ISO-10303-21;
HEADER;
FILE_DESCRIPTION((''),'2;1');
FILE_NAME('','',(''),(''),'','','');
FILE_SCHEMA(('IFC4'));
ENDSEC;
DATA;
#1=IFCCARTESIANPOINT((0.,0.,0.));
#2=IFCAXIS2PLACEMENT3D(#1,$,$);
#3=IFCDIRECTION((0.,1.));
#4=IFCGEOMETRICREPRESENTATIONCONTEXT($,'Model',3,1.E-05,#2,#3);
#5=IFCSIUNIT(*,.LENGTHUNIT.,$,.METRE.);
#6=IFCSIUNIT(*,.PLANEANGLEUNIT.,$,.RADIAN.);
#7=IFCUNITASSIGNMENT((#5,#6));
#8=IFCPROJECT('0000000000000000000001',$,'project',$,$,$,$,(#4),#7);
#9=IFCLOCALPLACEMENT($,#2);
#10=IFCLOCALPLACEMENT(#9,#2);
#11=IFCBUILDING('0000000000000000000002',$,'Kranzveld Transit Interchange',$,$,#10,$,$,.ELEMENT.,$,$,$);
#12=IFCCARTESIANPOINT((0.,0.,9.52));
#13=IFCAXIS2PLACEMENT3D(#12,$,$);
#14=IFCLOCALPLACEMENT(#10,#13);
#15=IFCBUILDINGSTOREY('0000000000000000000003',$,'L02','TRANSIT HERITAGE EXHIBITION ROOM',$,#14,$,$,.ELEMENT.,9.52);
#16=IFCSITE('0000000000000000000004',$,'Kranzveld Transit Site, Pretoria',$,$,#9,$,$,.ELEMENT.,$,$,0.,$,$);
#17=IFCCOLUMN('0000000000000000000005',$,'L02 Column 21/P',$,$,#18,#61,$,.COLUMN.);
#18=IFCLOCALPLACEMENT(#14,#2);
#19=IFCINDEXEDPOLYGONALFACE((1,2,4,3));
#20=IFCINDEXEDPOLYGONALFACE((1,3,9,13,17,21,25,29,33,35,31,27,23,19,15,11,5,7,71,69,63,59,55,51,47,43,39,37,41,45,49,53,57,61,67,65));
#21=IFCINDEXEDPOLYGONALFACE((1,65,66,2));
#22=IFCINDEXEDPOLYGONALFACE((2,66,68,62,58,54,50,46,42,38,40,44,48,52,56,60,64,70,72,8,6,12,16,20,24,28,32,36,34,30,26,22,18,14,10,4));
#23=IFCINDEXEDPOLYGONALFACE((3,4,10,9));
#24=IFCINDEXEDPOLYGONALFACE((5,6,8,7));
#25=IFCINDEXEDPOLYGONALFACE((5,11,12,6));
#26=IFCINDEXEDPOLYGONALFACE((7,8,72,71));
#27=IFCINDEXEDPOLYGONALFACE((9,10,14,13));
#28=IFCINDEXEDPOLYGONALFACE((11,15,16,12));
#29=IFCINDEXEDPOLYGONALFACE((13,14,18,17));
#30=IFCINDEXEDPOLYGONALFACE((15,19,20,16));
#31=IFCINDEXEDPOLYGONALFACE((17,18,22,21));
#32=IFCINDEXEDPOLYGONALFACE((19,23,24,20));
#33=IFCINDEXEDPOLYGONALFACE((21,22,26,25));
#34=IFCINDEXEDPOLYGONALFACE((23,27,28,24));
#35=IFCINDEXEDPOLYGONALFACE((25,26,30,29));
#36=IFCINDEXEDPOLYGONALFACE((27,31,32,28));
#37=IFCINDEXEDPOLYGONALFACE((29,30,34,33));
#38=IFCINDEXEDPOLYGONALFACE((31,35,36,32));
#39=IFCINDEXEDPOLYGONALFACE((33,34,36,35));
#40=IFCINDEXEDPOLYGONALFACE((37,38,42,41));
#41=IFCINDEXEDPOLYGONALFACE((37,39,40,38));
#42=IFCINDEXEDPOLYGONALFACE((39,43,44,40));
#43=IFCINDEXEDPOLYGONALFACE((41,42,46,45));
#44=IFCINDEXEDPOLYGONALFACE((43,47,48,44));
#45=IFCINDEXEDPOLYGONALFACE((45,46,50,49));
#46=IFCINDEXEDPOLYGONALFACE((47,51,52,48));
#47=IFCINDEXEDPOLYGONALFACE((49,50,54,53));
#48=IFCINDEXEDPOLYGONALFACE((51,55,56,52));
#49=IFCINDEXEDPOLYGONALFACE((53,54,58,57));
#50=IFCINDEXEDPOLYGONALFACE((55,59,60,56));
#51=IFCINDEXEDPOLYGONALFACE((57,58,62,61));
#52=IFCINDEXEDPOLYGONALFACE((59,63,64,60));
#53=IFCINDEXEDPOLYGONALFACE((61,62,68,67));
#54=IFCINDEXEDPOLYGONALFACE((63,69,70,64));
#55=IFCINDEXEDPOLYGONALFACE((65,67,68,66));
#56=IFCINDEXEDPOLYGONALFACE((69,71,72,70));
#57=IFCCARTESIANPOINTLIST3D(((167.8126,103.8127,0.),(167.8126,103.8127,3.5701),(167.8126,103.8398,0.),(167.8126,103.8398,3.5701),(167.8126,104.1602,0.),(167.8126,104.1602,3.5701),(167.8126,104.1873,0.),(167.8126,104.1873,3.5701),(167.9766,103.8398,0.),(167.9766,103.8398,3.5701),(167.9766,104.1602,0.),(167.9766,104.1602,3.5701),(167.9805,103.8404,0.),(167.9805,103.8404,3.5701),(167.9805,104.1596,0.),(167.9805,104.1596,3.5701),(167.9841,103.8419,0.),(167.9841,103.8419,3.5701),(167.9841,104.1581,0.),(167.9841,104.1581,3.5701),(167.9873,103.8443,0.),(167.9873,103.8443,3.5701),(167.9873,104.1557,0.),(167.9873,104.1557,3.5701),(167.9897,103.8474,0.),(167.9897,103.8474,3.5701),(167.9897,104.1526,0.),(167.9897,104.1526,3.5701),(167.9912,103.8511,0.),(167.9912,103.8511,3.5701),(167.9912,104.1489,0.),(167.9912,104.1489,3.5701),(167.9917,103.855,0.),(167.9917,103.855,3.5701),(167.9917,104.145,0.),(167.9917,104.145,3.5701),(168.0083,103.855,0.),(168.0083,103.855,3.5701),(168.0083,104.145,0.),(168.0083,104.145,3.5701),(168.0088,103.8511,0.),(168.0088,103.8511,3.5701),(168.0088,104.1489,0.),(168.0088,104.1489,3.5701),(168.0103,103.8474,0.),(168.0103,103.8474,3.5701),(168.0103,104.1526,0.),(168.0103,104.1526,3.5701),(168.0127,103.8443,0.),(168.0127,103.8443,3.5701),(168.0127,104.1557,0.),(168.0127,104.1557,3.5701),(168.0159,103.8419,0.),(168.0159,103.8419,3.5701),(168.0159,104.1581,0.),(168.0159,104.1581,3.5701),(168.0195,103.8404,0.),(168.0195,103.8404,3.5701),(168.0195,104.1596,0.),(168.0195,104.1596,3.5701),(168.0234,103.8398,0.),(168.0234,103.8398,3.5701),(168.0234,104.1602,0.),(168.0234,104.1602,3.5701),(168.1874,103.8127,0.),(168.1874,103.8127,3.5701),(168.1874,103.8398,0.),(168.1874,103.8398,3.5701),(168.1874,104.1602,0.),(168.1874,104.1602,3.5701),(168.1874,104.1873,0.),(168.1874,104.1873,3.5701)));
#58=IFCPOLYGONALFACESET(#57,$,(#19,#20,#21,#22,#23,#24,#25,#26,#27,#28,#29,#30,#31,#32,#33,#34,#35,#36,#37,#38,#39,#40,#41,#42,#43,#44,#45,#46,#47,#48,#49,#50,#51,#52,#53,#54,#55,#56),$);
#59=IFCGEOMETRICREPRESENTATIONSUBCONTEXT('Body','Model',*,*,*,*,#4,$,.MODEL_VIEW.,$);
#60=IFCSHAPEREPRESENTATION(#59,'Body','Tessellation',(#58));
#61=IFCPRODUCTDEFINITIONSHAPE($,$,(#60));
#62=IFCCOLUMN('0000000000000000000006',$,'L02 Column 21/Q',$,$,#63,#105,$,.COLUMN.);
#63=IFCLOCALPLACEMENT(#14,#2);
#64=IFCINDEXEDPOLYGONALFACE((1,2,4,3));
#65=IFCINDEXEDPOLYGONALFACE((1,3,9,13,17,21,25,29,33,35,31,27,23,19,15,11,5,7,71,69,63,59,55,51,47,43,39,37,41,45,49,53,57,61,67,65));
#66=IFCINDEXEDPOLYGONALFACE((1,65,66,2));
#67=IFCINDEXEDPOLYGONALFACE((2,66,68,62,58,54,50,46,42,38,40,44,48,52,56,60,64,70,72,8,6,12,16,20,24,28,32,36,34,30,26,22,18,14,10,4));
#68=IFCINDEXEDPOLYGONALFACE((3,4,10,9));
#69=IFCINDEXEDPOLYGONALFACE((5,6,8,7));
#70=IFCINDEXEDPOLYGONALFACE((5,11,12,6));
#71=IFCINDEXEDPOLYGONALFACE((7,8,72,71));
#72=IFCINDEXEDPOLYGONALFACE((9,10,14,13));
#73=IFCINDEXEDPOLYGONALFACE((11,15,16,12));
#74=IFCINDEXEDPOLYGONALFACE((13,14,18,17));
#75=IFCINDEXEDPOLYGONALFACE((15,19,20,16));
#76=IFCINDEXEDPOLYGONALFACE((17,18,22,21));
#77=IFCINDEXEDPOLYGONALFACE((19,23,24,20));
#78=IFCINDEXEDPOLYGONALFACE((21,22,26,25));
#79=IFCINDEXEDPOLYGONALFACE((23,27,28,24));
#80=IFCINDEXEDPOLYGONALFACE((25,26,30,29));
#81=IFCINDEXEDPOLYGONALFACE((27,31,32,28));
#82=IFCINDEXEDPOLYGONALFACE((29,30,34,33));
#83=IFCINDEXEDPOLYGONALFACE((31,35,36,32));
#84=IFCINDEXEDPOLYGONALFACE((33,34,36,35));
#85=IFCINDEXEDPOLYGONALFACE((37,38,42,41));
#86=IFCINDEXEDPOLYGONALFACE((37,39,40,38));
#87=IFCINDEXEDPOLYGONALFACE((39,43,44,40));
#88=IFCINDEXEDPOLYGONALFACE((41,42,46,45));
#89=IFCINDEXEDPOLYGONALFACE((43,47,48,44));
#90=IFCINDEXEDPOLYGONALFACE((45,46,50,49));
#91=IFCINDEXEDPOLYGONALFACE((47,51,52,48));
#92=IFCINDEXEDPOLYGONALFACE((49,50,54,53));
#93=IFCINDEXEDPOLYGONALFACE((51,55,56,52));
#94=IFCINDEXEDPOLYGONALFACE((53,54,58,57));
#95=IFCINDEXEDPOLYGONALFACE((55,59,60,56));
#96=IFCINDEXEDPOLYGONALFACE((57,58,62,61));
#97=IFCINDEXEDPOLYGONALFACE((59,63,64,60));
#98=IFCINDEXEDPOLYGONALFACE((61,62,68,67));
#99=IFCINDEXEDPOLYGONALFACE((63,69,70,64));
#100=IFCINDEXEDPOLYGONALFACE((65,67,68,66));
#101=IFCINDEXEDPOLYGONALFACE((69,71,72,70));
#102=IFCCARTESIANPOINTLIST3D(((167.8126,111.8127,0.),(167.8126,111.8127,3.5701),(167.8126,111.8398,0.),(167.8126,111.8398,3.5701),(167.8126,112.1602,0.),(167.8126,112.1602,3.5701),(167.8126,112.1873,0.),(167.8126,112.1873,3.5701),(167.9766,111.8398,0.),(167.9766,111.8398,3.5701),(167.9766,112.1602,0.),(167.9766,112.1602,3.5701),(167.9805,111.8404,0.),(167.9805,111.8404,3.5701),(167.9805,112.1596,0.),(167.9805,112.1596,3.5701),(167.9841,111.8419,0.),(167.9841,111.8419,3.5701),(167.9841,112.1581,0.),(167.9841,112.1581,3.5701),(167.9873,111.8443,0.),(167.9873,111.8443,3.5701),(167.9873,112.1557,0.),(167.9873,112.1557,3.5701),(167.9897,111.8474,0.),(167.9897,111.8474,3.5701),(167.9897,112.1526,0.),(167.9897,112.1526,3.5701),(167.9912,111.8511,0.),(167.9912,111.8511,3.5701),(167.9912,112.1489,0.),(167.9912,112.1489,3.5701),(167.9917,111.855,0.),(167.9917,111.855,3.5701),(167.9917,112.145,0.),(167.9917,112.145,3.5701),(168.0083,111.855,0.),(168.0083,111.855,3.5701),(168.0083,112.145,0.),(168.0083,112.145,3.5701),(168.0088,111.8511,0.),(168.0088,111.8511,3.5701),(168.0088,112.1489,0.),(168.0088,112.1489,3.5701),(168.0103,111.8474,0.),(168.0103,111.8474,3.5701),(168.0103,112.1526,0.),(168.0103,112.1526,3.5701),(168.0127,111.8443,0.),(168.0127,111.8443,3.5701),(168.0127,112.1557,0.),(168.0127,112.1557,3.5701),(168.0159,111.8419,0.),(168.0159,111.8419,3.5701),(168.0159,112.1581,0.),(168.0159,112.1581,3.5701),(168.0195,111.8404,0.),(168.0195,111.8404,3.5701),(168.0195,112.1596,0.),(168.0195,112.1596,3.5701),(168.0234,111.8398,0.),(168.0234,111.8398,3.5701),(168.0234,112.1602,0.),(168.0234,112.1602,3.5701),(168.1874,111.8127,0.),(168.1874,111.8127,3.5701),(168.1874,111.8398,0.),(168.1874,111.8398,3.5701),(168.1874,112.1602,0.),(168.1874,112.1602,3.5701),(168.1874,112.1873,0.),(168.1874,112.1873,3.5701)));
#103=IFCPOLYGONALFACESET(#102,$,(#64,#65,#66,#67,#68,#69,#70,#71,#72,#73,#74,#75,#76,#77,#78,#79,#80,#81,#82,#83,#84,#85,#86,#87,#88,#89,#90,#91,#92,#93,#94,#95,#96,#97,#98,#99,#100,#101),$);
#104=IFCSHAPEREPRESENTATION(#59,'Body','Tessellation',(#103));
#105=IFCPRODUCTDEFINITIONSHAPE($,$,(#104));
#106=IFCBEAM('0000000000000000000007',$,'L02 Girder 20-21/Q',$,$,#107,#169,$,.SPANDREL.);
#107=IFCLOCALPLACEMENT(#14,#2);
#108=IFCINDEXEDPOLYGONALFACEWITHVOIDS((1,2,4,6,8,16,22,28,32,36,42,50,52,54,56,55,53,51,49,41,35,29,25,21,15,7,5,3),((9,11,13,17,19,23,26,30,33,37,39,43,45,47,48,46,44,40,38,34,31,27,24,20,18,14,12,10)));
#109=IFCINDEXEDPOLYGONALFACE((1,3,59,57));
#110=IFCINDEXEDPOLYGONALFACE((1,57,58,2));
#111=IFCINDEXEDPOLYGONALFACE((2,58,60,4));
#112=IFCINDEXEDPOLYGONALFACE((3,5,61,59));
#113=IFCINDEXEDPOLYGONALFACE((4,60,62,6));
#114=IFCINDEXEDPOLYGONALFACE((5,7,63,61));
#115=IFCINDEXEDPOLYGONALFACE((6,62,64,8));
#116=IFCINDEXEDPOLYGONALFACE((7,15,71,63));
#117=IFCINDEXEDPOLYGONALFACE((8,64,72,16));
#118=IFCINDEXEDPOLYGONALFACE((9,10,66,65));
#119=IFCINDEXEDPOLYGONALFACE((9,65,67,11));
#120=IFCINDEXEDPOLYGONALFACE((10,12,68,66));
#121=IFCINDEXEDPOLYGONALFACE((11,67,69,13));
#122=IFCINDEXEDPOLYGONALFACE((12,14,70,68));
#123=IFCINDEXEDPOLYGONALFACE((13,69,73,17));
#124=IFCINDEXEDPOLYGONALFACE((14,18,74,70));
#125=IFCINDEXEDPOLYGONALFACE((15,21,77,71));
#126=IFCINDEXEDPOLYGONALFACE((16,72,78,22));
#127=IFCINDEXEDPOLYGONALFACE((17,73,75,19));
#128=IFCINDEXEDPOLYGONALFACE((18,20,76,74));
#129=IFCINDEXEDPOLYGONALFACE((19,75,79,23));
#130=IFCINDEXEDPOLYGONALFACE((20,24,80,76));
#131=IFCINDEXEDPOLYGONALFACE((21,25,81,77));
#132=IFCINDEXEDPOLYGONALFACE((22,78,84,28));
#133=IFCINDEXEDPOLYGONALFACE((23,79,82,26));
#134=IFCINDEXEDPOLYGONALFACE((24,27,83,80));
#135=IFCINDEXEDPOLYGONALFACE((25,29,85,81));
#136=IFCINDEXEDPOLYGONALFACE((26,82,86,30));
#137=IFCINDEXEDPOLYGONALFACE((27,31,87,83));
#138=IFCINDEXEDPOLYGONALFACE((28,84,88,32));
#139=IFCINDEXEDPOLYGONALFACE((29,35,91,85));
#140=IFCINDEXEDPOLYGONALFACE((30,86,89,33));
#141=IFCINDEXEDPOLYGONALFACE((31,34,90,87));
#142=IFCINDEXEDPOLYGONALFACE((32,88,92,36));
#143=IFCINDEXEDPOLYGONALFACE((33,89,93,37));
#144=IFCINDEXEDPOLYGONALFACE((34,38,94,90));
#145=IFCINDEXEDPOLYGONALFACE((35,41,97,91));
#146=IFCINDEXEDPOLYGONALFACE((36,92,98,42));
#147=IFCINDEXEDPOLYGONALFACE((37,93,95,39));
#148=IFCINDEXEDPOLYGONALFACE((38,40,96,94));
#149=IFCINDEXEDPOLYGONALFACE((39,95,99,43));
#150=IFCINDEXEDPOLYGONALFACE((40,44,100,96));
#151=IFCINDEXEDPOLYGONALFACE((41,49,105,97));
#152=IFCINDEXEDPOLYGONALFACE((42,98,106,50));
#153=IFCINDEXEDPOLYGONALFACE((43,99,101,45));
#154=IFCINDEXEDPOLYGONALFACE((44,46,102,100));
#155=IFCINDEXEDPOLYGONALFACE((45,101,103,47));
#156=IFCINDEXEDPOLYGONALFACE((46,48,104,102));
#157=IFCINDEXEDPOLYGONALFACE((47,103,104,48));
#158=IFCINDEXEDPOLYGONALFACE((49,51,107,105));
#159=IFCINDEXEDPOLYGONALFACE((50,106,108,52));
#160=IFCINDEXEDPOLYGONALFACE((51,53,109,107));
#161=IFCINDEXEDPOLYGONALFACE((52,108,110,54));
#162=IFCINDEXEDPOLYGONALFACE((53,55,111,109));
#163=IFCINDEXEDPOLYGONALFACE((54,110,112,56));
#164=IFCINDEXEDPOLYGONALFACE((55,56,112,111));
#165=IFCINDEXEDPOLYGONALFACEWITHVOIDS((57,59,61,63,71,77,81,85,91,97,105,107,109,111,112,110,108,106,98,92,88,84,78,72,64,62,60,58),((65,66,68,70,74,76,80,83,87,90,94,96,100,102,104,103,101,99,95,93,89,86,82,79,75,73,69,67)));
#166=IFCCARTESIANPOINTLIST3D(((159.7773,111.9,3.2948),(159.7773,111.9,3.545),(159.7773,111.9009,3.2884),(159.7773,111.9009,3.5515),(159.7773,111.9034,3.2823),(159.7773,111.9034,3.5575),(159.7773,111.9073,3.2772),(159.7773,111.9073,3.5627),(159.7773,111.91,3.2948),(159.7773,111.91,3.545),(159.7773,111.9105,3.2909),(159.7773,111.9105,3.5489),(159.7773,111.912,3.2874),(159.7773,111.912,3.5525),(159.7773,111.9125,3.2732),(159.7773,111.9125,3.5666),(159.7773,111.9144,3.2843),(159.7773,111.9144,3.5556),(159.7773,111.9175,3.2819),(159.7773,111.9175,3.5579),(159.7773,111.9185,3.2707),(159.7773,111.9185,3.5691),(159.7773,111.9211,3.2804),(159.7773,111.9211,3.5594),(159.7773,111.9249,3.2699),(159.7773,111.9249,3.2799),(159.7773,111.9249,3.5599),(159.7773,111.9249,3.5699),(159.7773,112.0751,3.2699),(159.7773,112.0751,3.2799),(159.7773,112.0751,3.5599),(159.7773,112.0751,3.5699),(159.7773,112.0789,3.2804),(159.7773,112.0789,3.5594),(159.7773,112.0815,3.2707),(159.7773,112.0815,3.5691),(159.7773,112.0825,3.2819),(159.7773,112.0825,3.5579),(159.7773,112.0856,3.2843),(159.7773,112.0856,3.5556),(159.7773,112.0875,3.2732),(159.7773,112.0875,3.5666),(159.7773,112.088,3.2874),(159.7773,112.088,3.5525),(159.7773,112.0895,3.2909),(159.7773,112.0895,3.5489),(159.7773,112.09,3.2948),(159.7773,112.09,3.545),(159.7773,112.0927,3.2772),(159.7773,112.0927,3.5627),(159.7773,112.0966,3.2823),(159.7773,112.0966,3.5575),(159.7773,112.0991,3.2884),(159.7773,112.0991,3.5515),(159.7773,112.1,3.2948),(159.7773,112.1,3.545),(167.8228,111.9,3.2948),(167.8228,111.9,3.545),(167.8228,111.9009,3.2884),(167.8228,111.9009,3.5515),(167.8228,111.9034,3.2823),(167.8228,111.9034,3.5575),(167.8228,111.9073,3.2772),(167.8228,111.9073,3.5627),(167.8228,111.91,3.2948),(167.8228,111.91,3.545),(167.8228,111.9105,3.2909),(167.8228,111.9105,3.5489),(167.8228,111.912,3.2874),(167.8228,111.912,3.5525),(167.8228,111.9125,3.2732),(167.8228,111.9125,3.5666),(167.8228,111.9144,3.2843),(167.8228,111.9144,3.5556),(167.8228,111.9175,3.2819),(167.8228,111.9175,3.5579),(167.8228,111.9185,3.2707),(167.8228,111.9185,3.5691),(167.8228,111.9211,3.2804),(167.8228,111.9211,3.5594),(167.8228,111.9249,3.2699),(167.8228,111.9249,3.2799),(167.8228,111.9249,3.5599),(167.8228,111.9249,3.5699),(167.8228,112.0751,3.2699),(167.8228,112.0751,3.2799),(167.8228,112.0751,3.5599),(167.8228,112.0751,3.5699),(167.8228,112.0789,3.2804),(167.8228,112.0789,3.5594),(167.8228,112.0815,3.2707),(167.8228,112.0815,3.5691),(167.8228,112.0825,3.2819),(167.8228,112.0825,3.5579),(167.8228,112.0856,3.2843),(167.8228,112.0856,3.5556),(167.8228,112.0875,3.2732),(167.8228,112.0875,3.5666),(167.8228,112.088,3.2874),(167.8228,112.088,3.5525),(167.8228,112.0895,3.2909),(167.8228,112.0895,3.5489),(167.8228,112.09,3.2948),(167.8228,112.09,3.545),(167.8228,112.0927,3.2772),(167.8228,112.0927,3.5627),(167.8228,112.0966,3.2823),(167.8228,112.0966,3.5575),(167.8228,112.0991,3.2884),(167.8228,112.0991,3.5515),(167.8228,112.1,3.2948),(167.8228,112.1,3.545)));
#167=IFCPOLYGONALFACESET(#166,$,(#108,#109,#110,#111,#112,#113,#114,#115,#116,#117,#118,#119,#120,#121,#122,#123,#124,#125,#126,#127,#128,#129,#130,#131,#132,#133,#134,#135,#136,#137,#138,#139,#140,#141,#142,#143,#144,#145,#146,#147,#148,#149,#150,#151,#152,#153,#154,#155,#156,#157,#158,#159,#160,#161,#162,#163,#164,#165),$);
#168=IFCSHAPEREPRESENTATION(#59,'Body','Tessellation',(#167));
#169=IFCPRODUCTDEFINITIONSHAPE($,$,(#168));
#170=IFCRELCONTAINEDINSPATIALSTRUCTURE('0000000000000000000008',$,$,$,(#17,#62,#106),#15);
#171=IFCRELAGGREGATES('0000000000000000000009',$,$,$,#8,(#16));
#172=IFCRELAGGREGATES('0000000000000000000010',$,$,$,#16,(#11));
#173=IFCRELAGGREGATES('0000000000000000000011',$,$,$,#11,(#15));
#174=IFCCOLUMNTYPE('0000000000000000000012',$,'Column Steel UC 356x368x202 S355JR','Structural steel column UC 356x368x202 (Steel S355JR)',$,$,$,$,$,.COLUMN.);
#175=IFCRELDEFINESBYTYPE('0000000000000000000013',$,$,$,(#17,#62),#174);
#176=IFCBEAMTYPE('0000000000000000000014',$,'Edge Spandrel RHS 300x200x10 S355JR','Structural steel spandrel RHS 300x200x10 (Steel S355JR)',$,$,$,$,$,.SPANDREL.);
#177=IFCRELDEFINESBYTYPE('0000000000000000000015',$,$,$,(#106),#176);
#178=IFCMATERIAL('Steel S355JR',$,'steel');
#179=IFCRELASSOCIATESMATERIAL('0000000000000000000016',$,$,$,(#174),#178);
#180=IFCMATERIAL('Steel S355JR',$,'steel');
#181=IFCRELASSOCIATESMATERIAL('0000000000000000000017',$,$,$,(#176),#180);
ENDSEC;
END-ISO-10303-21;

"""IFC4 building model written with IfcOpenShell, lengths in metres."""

from ifc_helpers import new_model, si_unit, direction, frame, origin, origin_2d, place, context, subcontext, project, spatial, hollow_rectangle, i_section, extrude, material, material_profile, profile_set, type_object, element, save


model = new_model("IFC4")

# Units and contexts
model_context = context("Model", 3, precision=1e-05, world=origin(), true_north=direction((0.0, 1.0)))
body_context = subcontext(model_context, "Body", "Model", "MODEL_VIEW")
ifc_project = project(units=[si_unit("LENGTHUNIT", "METRE"), si_unit("PLANEANGLEUNIT", "RADIAN")], contexts=[model_context])

# Site, building, storey
site_placement = place(None, origin())
site = spatial("IfcSite", under=ifc_project, at=site_placement, Name="Kranzveld Transit Site, Pretoria", CompositionType="ELEMENT", RefElevation=0.0)
building_placement = place(site_placement, origin())
building = spatial("IfcBuilding", under=site, at=building_placement, Name="Kranzveld Transit Interchange", CompositionType="ELEMENT")
storey_placement = place(building_placement, frame((0.0, 0.0, 9.52)))
storey = spatial("IfcBuildingStorey", under=building, at=storey_placement, Name="L02", Description="TRANSIT HERITAGE EXHIBITION ROOM", CompositionType="ELEMENT", Elevation=9.52)

# Columns
ifc_material_1 = material(Name="Steel S355JR", Category="steel")
ifc_material_profile_1 = material_profile(ifc_material_1, i_section(OverallWidth=0.3748, OverallDepth=0.3745, WebThickness=0.0166, FlangeThickness=0.0271, FilletRadius=0.0151, at=origin_2d()), Name="UC 356x368x202")
ifc_profile_set_1 = profile_set([ifc_material_profile_1], Name="Steel S355JR")
column_type = type_object("IfcColumnType", Name="Column Steel UC 356x368x202 S355JR", Description="Structural steel column UC 356x368x202 (Steel S355JR)", PredefinedType="COLUMN", material=ifc_profile_set_1)
for number, where, z_axis, x_axis, name in (
    (1, (168.0, 104.0, 0.0), (0.0, 0.0, 1.0), (1.0, 0.0, 0.0), "L02 Column 21/P"),
    (2, (168.0, 112.0, 0.0), (0.0, 0.0, 1.0), (1.0, 0.0, 0.0), "L02 Column 21/Q"),
):
    element("IfcColumn", number, at=place(storey_placement, frame(where, z_axis=z_axis, x_axis=x_axis)), inside=storey, type_object=column_type, Name=name, PredefinedType="COLUMN", context=body_context, shape_type="SweptSolid", body=[
        extrude(i_section(OverallWidth=0.3748, OverallDepth=0.3745, WebThickness=0.0166, FlangeThickness=0.0271, FilletRadius=0.0151, at=origin_2d()), origin(), (0.0, 0.0, 1.0), 3.5701),
    ])

# Beam
ifc_material_2 = material(Name="Steel S355JR", Category="steel")
ifc_material_profile_2 = material_profile(ifc_material_2, hollow_rectangle(XDim=0.2, YDim=0.3, WallThickness=0.01, InnerFilletRadius=0.0149, OuterFilletRadius=0.0249, at=origin_2d()), Name="RHS 300x200x10")
ifc_profile_set_2 = profile_set([ifc_material_profile_2], Name="Steel S355JR")
beam_type_1 = type_object("IfcBeamType", Name="Edge Spandrel RHS 300x200x10 S355JR", Description="Structural steel spandrel RHS 300x200x10 (Steel S355JR)", PredefinedType="SPANDREL", material=ifc_profile_set_2)
beam_1_placement = place(storey_placement, frame((159.7773, 112.0, 3.4199), z_axis=(1.0, 0.0, 0.0), x_axis=(0.0, 1.0, 0.0)))
element("IfcBeam", 3, at=beam_1_placement, inside=storey, type_object=beam_type_1, Name="L02 Girder 20-21/Q", PredefinedType="SPANDREL", context=body_context, shape_type="SweptSolid", body=[
    extrude(hollow_rectangle(XDim=0.2, YDim=0.3, WallThickness=0.01, InnerFilletRadius=0.0149, OuterFilletRadius=0.0249, at=origin_2d()), origin(), (0.0, 0.0, 1.0), 8.0454),
])

save(model, "model.ifc")
